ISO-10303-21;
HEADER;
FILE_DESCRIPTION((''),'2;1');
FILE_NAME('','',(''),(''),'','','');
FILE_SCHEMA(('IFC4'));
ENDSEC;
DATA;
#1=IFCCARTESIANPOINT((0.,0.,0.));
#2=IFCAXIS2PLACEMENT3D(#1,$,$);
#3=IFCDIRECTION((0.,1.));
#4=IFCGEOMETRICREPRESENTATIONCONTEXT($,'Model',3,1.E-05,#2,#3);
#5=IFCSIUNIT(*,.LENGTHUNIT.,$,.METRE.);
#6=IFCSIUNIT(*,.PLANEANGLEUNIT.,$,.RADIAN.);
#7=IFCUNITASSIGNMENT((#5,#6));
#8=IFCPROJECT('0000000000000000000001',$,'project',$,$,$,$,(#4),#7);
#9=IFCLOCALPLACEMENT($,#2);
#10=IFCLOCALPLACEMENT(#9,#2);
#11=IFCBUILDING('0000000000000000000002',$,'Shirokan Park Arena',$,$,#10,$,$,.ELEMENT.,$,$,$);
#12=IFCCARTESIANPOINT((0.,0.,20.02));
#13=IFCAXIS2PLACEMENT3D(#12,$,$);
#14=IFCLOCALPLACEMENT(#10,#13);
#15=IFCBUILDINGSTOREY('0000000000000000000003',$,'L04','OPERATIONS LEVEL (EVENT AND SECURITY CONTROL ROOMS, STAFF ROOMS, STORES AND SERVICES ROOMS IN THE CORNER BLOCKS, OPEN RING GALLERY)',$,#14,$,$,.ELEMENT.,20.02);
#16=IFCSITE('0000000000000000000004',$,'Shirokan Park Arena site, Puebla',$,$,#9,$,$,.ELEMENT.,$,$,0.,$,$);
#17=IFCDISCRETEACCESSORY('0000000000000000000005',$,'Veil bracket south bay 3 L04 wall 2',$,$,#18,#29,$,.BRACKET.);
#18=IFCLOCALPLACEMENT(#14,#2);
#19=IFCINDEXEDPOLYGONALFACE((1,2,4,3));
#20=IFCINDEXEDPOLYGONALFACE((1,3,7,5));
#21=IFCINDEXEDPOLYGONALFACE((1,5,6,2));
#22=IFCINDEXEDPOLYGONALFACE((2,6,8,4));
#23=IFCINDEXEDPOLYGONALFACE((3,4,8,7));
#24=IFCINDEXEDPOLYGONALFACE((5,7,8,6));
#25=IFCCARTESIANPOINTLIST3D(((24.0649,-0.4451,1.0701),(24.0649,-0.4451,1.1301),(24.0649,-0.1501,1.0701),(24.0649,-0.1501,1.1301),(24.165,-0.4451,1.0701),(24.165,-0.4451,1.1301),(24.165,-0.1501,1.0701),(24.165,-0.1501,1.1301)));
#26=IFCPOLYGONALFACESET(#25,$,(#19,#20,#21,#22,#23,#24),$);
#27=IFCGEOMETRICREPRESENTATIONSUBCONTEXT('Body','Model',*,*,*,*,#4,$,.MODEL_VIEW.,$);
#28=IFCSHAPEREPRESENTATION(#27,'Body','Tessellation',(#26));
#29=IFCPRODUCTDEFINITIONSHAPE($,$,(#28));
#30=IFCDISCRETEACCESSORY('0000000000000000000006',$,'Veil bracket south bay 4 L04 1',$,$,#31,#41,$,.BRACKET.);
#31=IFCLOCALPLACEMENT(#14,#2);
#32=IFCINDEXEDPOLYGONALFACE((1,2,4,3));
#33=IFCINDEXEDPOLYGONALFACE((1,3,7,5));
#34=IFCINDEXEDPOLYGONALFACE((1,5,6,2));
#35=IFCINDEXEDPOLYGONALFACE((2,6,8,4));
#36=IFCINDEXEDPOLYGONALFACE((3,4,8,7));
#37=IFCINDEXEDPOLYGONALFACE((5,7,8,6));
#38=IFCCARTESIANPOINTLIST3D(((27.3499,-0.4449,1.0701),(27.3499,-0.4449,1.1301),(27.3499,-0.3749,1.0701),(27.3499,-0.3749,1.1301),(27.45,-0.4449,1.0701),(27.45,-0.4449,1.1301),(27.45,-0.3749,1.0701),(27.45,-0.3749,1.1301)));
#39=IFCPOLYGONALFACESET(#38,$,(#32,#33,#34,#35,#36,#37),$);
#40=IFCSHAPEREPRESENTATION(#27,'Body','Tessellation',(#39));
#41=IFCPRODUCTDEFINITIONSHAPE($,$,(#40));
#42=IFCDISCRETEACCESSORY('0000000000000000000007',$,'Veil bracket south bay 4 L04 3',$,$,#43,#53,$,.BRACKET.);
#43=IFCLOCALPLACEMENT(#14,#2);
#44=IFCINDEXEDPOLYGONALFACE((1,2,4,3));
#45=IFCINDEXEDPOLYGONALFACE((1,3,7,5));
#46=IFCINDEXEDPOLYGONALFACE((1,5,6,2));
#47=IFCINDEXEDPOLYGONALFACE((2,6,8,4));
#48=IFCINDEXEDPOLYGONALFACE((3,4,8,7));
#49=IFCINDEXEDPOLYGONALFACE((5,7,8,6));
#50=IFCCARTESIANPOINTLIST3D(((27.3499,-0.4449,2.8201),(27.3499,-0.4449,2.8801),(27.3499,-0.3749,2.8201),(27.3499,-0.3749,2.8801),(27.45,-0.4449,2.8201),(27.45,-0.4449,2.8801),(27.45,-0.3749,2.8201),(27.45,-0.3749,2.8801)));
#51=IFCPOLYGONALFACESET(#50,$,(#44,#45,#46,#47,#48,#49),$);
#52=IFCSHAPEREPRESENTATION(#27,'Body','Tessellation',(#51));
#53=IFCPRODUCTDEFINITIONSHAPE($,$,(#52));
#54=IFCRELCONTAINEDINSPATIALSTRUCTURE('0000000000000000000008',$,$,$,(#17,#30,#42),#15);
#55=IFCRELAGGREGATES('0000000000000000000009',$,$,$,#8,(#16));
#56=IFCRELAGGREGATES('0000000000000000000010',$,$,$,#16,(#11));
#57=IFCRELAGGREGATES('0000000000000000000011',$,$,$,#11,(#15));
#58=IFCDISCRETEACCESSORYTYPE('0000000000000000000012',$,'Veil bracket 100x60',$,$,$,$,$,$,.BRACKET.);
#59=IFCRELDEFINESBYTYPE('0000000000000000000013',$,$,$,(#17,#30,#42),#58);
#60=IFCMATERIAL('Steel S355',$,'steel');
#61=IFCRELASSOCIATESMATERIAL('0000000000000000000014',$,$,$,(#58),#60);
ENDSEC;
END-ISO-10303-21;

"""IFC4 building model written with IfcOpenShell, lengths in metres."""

from ifc_helpers import new_model, si_unit, direction, frame, origin, origin_2d, place, context, subcontext, project, spatial, rectangle, extrude, material, type_object, element, save


model = new_model("IFC4")

# Units and contexts
model_context = context("Model", 3, precision=1e-05, world=origin(), true_north=direction((0.0, 1.0)))
body_context = subcontext(model_context, "Body", "Model", "MODEL_VIEW")
ifc_project = project(units=[si_unit("LENGTHUNIT", "METRE"), si_unit("PLANEANGLEUNIT", "RADIAN")], contexts=[model_context])

# Site, building, storey
site_placement = place(None, origin())
site = spatial("IfcSite", under=ifc_project, at=site_placement, Name="Shirokan Park Arena site, Puebla", CompositionType="ELEMENT", RefElevation=0.0)
building_placement = place(site_placement, origin())
building = spatial("IfcBuilding", under=site, at=building_placement, Name="Shirokan Park Arena", CompositionType="ELEMENT")
storey_placement = place(building_placement, frame((0.0, 0.0, 20.02)))
storey = spatial("IfcBuildingStorey", under=building, at=storey_placement, Name="L04", Description="OPERATIONS LEVEL (EVENT AND SECURITY CONTROL ROOMS, STAFF ROOMS, STORES AND SERVICES ROOMS IN THE CORNER BLOCKS, OPEN RING GALLERY)", CompositionType="ELEMENT", Elevation=20.02)

# Shared definitions
ifc_material_1 = material(Name="Steel S355", Category="steel")

# Discrete accessories
discrete_accessory_type = type_object("IfcDiscreteAccessoryType", Name="Veil bracket 100x60", PredefinedType="BRACKET", material=ifc_material_1)
for number, where, z_axis, x_axis, name in (
    (1, (24.115, -0.2976, 1.0701), (0.0, 0.0, 1.0), (1.0, 0.0, 0.0), "Veil bracket south bay 3 L04 wall 2"),
):
    element("IfcDiscreteAccessory", number, at=place(storey_placement, frame(where, z_axis=z_axis, x_axis=x_axis)), inside=storey, type_object=discrete_accessory_type, Name=name, PredefinedType="BRACKET", context=body_context, shape_type="SweptSolid", body=[
        extrude(rectangle(XDim=0.1001, YDim=0.2949, at=origin_2d()), origin(), (0.0, 0.0, 1.0), 0.0601),
    ])
for number, where, z_axis, x_axis, name in (
    (2, (27.3999, -0.4099, 1.0701), (0.0, 0.0, 1.0), (1.0, 0.0, 0.0), "Veil bracket south bay 4 L04 1"),
    (3, (27.3999, -0.4099, 2.8201), (0.0, 0.0, 1.0), (1.0, 0.0, 0.0), "Veil bracket south bay 4 L04 3"),
):
    element("IfcDiscreteAccessory", number, at=place(storey_placement, frame(where, z_axis=z_axis, x_axis=x_axis)), inside=storey, type_object=discrete_accessory_type, Name=name, PredefinedType="BRACKET", context=body_context, shape_type="SweptSolid", body=[
        extrude(rectangle(XDim=0.1001, YDim=0.0701, at=origin_2d()), origin(), (0.0, 0.0, 1.0), 0.0601),
    ])

save(model, "model.ifc")
